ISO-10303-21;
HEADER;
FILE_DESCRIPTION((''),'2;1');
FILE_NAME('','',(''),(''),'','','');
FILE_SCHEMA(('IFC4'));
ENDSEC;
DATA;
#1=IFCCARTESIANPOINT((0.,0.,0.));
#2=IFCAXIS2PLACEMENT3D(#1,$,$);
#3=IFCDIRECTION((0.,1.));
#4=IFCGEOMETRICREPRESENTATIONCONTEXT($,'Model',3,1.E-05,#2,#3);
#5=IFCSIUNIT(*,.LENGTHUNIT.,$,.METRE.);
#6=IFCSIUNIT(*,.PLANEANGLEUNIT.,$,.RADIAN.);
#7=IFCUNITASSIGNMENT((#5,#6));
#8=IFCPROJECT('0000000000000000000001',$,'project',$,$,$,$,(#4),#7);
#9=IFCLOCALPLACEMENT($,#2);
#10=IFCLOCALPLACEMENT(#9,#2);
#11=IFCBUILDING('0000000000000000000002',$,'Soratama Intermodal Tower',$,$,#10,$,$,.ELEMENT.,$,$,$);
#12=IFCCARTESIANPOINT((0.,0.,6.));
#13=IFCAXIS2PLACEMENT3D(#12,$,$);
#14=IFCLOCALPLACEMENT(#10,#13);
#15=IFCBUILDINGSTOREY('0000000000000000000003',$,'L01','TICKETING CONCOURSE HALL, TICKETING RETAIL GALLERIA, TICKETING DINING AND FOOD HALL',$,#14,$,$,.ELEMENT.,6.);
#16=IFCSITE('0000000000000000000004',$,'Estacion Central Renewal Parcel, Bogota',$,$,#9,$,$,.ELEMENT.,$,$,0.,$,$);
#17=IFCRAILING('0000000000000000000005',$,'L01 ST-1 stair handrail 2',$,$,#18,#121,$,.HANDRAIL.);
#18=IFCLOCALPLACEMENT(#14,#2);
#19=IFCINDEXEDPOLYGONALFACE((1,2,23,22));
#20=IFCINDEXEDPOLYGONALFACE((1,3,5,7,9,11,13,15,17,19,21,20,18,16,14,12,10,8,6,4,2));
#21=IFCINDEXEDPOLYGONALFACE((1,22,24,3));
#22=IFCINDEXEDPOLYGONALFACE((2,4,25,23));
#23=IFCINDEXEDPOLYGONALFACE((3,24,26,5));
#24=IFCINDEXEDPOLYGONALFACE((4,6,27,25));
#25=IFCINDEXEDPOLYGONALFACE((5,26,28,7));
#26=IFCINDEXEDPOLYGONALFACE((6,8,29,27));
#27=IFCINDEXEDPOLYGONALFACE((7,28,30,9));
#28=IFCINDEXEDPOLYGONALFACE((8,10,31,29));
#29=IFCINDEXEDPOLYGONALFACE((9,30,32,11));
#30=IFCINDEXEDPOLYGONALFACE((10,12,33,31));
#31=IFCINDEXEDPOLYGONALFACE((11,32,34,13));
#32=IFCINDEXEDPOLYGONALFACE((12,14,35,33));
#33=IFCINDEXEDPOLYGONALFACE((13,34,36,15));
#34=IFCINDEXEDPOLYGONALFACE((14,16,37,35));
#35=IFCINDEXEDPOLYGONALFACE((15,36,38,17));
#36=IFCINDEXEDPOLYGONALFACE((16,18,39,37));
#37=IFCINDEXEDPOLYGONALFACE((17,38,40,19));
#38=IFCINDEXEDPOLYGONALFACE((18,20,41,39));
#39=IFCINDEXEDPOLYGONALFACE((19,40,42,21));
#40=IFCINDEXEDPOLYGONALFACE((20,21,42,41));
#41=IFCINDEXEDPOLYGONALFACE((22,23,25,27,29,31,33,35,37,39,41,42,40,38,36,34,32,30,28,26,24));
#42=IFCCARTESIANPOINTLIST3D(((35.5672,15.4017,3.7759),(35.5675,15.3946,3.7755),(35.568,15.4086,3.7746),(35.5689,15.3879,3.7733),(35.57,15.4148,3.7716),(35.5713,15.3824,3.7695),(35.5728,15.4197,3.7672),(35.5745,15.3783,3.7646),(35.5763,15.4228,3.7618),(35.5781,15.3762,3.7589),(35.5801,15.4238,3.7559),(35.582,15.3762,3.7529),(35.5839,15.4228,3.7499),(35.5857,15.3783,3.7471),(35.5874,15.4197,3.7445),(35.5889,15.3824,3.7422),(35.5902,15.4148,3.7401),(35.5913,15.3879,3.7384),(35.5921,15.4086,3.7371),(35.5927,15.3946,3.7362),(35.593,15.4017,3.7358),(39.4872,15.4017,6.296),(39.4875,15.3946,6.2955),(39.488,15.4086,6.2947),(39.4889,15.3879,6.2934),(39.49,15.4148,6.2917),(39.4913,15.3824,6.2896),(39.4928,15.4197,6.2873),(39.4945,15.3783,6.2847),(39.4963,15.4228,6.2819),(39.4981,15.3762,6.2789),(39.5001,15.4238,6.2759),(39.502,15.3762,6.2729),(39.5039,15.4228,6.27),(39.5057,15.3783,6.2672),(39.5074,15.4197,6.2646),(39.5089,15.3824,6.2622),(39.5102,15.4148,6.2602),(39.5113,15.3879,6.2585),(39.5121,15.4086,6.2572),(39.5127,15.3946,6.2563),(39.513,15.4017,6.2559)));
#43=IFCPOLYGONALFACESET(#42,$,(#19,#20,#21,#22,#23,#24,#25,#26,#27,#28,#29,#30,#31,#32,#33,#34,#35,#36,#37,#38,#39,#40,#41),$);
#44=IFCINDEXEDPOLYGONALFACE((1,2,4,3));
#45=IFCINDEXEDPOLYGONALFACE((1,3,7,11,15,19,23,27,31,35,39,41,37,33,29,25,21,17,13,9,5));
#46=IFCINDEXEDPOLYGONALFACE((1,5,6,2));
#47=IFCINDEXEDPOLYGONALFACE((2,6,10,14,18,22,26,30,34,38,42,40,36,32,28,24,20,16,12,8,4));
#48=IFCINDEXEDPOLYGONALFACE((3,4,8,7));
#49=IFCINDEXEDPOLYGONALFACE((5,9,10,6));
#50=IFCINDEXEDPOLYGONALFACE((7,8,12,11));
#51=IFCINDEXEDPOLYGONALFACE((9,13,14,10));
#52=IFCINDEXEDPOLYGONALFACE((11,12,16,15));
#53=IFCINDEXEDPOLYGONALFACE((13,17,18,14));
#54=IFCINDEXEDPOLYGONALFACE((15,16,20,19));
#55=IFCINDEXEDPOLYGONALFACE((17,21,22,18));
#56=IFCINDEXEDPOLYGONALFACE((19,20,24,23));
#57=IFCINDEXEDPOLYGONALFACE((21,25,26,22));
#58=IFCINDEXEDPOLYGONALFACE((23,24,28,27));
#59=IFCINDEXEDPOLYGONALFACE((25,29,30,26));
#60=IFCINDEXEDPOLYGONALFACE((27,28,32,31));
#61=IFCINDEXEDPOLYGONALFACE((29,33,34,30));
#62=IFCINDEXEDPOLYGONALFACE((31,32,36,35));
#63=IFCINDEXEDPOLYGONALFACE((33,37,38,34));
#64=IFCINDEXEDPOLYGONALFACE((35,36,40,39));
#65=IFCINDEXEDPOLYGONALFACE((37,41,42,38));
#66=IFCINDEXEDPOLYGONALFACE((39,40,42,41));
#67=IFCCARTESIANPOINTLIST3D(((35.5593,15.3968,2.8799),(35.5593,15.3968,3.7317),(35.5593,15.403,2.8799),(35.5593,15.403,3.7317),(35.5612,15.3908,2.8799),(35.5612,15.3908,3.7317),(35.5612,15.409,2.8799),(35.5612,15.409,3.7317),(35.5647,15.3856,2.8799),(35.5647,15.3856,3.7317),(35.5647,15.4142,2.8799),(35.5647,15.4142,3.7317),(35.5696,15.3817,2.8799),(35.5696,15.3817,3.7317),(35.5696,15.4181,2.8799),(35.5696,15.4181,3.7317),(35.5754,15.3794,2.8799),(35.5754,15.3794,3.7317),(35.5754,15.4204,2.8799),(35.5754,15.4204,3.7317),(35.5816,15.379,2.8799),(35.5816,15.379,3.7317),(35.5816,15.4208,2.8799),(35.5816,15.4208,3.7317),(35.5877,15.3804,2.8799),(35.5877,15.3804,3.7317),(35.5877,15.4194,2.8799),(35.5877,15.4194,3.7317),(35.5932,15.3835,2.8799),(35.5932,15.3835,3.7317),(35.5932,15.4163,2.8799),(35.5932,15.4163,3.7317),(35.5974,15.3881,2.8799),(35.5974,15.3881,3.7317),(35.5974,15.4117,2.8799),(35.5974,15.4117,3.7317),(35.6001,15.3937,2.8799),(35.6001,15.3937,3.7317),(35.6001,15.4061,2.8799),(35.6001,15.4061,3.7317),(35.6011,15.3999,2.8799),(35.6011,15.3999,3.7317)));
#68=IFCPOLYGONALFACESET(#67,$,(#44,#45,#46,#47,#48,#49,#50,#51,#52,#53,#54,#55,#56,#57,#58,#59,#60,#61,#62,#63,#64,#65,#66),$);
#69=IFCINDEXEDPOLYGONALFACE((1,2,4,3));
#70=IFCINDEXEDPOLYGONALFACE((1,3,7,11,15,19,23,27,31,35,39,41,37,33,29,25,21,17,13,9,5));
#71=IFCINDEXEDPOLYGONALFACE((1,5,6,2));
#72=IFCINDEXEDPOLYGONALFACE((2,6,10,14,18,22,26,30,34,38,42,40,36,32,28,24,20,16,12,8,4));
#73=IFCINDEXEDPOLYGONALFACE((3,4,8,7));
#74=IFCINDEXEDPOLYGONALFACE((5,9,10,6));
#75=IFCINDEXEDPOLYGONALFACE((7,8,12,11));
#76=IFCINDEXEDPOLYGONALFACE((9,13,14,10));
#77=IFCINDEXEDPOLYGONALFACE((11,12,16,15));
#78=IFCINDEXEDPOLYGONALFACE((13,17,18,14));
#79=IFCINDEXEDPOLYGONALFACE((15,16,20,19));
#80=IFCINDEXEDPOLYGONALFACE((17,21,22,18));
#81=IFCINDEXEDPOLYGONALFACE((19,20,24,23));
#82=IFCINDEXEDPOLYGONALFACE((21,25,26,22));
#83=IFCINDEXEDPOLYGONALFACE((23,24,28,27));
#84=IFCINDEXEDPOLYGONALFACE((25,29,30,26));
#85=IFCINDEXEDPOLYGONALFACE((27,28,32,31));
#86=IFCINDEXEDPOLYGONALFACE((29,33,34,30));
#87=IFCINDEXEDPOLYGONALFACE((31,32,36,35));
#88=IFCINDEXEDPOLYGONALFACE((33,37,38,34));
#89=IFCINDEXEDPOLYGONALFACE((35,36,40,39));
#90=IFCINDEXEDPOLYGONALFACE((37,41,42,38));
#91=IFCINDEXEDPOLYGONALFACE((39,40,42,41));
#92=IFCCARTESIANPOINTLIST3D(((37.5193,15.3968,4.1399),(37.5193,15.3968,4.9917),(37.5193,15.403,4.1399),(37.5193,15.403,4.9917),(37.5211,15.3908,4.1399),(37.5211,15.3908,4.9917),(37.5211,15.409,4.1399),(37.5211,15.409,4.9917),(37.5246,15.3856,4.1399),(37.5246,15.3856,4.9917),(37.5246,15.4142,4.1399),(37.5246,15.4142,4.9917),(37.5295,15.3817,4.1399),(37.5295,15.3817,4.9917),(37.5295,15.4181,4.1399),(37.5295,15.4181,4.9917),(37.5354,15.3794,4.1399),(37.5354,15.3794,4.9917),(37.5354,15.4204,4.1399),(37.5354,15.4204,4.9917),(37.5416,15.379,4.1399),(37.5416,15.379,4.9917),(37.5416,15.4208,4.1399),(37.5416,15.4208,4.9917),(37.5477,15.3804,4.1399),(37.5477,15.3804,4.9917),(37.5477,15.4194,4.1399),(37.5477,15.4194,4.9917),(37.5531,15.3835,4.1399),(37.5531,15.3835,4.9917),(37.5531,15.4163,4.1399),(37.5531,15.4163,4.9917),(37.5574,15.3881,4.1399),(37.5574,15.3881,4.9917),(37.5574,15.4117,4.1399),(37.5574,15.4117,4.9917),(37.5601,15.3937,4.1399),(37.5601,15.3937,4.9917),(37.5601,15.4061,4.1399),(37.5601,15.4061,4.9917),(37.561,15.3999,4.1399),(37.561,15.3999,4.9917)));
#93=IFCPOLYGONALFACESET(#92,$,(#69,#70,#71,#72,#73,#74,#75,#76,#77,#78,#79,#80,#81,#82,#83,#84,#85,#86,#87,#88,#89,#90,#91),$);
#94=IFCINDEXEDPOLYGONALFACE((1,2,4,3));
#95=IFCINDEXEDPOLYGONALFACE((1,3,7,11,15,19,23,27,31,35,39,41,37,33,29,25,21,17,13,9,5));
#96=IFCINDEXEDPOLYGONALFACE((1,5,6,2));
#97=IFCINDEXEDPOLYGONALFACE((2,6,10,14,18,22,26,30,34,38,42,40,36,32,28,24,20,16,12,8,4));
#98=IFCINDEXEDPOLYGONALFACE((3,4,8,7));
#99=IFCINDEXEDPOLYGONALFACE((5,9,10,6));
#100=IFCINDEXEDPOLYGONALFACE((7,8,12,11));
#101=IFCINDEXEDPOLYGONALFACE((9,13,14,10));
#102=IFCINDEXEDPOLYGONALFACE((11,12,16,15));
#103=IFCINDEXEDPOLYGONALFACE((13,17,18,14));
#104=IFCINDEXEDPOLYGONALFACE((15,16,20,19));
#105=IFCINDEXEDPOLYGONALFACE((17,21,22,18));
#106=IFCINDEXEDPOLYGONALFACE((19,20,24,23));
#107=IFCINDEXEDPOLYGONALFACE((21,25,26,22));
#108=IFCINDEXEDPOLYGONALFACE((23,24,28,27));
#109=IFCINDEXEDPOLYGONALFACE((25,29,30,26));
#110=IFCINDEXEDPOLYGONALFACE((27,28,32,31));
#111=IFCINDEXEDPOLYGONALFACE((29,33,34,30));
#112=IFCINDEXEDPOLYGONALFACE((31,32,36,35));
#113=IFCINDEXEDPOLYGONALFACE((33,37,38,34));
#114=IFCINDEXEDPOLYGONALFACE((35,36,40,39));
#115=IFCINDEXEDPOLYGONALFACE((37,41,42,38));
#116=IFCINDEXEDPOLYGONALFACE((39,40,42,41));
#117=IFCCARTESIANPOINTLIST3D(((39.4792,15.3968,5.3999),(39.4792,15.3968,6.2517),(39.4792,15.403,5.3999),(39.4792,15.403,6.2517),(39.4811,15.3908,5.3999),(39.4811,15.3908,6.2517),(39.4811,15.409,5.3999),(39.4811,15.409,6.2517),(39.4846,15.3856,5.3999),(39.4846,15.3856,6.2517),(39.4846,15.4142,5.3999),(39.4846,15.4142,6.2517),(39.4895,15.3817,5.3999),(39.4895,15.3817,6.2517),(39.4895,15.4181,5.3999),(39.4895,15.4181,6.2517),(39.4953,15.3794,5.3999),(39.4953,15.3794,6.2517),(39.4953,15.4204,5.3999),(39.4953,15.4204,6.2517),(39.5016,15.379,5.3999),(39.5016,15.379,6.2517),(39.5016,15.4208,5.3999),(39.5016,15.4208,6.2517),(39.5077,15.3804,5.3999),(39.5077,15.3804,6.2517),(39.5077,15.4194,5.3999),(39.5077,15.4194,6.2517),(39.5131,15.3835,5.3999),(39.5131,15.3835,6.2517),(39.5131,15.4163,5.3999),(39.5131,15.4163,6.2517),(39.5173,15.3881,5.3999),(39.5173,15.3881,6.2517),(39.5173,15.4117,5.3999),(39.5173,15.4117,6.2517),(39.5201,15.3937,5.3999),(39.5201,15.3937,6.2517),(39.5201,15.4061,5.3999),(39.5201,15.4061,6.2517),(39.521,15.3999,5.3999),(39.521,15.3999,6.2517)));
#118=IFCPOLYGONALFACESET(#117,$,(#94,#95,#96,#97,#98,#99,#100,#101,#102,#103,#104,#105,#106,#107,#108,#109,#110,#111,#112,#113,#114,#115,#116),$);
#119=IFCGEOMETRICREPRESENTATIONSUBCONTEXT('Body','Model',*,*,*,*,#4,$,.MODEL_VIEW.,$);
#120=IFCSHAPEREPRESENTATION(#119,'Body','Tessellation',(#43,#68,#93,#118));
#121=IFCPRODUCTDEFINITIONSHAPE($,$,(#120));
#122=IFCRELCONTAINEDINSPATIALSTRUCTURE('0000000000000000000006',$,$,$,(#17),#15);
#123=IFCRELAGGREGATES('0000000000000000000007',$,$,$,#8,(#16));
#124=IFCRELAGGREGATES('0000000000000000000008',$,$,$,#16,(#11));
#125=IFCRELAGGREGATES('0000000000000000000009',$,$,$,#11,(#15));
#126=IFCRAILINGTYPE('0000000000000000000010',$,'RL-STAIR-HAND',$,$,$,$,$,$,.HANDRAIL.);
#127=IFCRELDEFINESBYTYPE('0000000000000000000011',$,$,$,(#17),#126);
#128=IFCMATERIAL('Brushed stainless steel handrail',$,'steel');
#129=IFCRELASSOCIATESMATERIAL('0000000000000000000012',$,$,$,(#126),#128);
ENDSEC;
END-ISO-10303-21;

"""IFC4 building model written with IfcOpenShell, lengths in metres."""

from ifc_helpers import new_model, si_unit, direction, frame, origin, origin_2d, place, context, subcontext, project, spatial, circle, extrude, material, type_object, element, save


model = new_model("IFC4")

# Units and contexts
model_context = context("Model", 3, precision=1e-05, world=origin(), true_north=direction((0.0, 1.0)))
body_context = subcontext(model_context, "Body", "Model", "MODEL_VIEW")
ifc_project = project(units=[si_unit("LENGTHUNIT", "METRE"), si_unit("PLANEANGLEUNIT", "RADIAN")], contexts=[model_context])

# Site, building, storey
site_placement = place(None, origin())
site = spatial("IfcSite", under=ifc_project, at=site_placement, Name="Estacion Central Renewal Parcel, Bogota", CompositionType="ELEMENT", RefElevation=0.0)
building_placement = place(site_placement, origin())
building = spatial("IfcBuilding", under=site, at=building_placement, Name="Soratama Intermodal Tower", CompositionType="ELEMENT")
storey_placement = place(building_placement, frame((0.0, 0.0, 6.0)))
storey = spatial("IfcBuildingStorey", under=building, at=storey_placement, Name="L01", Description="TICKETING CONCOURSE HALL, TICKETING RETAIL GALLERIA, TICKETING DINING AND FOOD HALL", CompositionType="ELEMENT", Elevation=6.0)

# Railing
ifc_material_1 = material(Name="Brushed stainless steel handrail", Category="steel")
railing_type_1 = type_object("IfcRailingType", Name="RL-STAIR-HAND", PredefinedType="HANDRAIL", material=ifc_material_1)
railing_1_placement = place(storey_placement, frame((35.5801, 15.3999, 2.8799)))
element("IfcRailing", 1, at=railing_1_placement, inside=storey, type_object=railing_type_1, Name="L01 ST-1 stair handrail 2", PredefinedType="HANDRAIL", context=body_context, shape_type="SweptSolid", body=[
    extrude(circle(Radius=0.0239, at=origin_2d()), frame((0.0, 0.0, 0.876), z_axis=(0.841172, 0.0, 0.540768), x_axis=(0.0, 1.0, 0.0)), (0.0, 0.0, 1.0), 4.6602),
    extrude(circle(Radius=0.021, at=origin_2d()), origin(), (0.0, 0.0, 1.0), 0.8518),
    extrude(circle(Radius=0.021, at=origin_2d()), frame((1.96, 0.0, 1.26)), (0.0, 0.0, 1.0), 0.8518),
    extrude(circle(Radius=0.021, at=origin_2d()), frame((3.9199, 0.0, 2.52)), (0.0, 0.0, 1.0), 0.8518),
])

save(model, "model.ifc")
